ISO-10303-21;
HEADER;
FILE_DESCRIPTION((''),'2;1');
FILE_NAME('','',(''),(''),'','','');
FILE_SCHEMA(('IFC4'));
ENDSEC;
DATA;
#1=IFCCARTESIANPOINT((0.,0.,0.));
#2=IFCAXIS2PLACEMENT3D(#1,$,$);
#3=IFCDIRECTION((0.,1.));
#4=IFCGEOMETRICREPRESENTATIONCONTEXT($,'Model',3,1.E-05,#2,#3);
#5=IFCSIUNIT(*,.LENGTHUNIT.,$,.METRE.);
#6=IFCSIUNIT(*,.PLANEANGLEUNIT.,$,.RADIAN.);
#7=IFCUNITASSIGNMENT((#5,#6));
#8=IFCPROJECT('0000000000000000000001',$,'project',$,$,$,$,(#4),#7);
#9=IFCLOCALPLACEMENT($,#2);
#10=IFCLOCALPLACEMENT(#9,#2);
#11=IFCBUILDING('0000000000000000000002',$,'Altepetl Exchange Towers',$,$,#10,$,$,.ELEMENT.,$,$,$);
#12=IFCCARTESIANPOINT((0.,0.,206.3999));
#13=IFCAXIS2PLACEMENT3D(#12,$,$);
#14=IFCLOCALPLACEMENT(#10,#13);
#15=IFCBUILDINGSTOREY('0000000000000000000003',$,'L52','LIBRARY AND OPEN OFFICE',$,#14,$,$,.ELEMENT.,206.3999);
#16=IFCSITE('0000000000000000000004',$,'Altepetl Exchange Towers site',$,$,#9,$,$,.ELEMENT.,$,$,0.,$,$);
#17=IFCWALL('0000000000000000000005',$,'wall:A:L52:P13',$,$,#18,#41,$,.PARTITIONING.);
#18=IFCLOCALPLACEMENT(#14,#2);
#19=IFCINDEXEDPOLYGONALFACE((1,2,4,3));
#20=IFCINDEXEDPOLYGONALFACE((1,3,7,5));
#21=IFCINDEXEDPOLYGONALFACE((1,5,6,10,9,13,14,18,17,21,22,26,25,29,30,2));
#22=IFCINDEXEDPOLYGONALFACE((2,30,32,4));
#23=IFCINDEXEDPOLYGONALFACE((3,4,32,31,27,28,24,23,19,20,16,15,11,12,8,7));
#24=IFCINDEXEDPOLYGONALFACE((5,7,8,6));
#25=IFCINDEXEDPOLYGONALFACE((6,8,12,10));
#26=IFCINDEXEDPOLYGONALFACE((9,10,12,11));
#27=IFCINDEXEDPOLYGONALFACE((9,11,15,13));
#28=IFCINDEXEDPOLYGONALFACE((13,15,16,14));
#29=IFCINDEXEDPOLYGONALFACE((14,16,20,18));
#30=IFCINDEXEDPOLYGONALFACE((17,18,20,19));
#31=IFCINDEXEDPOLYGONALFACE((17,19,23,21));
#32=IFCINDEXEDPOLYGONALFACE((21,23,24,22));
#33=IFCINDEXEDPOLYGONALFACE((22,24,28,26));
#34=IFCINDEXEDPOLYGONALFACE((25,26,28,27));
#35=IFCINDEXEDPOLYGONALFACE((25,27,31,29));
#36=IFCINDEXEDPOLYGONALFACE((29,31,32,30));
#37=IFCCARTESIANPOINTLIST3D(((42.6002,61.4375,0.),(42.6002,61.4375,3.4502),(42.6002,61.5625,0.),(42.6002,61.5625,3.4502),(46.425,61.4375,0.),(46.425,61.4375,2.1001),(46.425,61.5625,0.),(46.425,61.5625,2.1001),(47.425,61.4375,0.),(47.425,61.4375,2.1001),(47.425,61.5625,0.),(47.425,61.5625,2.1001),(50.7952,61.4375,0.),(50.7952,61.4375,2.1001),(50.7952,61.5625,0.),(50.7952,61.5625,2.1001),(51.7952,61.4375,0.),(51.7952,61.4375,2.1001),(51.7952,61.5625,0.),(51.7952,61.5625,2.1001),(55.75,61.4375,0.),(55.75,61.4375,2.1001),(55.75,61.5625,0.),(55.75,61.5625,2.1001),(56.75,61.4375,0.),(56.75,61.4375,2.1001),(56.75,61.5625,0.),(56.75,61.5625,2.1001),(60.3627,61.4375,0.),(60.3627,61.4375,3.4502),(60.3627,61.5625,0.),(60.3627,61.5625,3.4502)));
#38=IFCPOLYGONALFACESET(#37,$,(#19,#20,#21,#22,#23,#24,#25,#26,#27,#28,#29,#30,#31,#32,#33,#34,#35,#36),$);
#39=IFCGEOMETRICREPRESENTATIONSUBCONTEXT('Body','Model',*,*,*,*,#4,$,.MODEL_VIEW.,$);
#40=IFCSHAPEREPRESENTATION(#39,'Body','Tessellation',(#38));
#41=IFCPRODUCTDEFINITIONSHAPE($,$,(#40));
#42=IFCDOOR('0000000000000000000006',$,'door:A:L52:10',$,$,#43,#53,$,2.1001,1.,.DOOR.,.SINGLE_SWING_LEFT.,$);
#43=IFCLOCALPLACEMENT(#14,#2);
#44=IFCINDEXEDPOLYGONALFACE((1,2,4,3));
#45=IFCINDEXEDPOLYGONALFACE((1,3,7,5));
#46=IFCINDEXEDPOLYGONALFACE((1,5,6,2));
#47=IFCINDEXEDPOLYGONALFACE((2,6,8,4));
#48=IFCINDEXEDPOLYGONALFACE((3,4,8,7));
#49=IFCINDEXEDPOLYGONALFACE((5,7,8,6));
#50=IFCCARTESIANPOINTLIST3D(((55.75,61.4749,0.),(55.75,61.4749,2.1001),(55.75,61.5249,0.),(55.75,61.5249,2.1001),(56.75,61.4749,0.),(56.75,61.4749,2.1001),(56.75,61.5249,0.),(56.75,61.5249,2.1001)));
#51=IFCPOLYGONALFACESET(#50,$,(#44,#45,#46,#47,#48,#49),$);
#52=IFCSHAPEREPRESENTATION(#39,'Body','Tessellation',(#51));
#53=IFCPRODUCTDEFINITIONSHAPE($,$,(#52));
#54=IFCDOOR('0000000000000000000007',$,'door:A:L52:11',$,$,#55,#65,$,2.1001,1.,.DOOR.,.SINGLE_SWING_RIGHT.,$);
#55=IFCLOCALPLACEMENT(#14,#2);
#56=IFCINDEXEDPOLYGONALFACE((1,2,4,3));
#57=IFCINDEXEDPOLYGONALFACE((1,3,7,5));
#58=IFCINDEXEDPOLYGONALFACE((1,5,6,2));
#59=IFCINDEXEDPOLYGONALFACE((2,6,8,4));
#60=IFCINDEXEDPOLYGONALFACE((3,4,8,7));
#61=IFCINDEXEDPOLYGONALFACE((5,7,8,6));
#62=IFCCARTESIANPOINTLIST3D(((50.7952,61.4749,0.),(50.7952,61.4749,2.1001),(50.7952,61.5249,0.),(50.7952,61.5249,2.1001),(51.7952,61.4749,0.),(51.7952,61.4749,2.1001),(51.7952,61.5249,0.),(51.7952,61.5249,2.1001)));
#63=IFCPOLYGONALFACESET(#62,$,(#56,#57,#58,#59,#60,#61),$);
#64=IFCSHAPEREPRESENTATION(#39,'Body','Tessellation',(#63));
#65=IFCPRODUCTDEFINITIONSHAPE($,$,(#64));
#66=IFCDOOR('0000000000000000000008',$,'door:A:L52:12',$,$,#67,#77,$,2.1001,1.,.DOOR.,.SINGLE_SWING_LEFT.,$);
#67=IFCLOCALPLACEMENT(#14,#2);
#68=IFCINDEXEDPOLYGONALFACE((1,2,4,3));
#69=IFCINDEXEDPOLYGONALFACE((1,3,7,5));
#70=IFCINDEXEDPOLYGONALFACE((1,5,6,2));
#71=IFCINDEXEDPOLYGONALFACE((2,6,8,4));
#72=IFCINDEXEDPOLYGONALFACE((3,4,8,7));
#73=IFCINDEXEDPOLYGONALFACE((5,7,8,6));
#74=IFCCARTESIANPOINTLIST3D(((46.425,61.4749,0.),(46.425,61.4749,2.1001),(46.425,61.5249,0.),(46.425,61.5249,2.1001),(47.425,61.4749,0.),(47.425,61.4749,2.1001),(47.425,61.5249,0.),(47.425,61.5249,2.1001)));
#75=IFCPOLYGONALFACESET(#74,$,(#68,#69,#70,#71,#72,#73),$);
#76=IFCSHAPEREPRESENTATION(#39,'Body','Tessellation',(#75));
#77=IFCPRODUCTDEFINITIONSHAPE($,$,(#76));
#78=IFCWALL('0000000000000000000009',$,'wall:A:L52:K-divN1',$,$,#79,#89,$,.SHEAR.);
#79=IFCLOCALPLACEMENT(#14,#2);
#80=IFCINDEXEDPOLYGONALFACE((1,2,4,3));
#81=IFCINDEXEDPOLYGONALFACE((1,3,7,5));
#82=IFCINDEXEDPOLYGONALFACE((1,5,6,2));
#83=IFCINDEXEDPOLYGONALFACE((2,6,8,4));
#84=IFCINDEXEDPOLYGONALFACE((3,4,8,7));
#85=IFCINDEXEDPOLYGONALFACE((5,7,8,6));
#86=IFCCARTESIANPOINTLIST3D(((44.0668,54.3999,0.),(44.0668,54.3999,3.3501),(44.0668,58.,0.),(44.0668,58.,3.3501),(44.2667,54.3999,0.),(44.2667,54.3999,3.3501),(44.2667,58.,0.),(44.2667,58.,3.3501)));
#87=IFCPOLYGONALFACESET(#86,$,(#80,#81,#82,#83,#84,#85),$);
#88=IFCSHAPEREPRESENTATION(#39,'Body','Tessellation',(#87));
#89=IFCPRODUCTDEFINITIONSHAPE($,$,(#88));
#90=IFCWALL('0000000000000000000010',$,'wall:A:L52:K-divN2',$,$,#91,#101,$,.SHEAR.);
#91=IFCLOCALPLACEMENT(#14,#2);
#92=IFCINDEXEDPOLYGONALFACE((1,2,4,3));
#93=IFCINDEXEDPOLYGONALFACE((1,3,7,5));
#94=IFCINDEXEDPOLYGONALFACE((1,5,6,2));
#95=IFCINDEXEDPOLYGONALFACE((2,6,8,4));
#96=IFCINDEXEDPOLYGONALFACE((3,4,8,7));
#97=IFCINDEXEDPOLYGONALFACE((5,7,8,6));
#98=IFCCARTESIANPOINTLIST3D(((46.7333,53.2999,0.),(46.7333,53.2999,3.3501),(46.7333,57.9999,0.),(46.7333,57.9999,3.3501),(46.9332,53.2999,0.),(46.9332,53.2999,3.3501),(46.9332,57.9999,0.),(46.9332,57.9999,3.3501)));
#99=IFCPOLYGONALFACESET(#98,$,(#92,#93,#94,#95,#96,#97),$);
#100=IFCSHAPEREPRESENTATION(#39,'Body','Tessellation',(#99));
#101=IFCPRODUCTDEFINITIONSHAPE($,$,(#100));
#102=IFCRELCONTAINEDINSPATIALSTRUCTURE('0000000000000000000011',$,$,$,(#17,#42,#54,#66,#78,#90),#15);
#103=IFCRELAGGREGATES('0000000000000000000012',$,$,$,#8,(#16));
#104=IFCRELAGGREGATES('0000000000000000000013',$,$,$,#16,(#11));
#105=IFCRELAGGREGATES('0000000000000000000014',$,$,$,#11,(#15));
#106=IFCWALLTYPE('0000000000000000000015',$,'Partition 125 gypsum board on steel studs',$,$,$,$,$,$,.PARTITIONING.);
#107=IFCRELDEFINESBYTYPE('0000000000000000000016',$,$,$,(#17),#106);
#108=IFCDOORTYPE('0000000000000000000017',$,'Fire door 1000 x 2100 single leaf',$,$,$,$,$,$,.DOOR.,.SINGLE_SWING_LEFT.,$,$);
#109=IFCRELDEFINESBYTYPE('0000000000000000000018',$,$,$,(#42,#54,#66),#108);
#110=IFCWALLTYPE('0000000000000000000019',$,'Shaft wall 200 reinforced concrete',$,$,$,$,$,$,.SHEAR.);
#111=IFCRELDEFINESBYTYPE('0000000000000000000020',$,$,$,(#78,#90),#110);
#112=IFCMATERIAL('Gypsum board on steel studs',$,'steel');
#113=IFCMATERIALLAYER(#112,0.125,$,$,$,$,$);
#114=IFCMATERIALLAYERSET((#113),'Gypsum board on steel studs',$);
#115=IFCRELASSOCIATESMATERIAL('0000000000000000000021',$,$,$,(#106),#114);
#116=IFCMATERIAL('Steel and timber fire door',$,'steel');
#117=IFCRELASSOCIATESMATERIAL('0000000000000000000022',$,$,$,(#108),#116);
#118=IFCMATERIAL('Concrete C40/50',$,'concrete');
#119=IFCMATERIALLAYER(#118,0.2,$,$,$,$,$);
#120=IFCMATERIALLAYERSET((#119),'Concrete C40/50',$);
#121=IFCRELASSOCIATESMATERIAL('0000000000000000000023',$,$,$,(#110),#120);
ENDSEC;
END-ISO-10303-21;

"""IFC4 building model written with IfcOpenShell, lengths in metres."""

from ifc_helpers import new_model, si_unit, direction, frame, frame_2d, origin, place, context, subcontext, project, spatial, rectangle, extrude, material, layer, layer_set, type_object, element, fill, save


model = new_model("IFC4")

# Units and contexts
model_context = context("Model", 3, precision=1e-05, world=origin(), true_north=direction((0.0, 1.0)))
body_context = subcontext(model_context, "Body", "Model", "MODEL_VIEW")
ifc_project = project(units=[si_unit("LENGTHUNIT", "METRE"), si_unit("PLANEANGLEUNIT", "RADIAN")], contexts=[model_context])

# Site, building, storey
site_placement = place(None, origin())
site = spatial("IfcSite", under=ifc_project, at=site_placement, Name="Altepetl Exchange Towers site", CompositionType="ELEMENT", RefElevation=0.0)
building_placement = place(site_placement, origin())
building = spatial("IfcBuilding", under=site, at=building_placement, Name="Altepetl Exchange Towers", CompositionType="ELEMENT")
storey_placement = place(building_placement, frame((0.0, 0.0, 206.3999)))
storey = spatial("IfcBuildingStorey", under=building, at=storey_placement, Name="L52", Description="LIBRARY AND OPEN OFFICE", CompositionType="ELEMENT", Elevation=206.3999)

# Shared definitions
ifc_material_1 = material(Name="Steel and timber fire door", Category="steel")

# Wall, openings, doors
ifc_material_2 = material(Name="Gypsum board on steel studs", Category="steel")
ifc_layer_1 = layer(ifc_material_2, 0.125)
ifc_layer_set_1 = layer_set([ifc_layer_1], Name="Gypsum board on steel studs")
wall_type_1 = type_object("IfcWallType", Name="Partition 125 gypsum board on steel studs", PredefinedType="PARTITIONING", material=ifc_layer_set_1)
wall_1_placement = place(storey_placement, frame((42.6001, 61.5, 0.0)))
wall_1 = element("IfcWall", 1, at=wall_1_placement, inside=storey, type_object=wall_type_1, Name="wall:A:L52:P13", PredefinedType="PARTITIONING", context=body_context, shape_type="SweptSolid", body=[
    extrude(rectangle(XDim=17.7625, YDim=0.125, at=frame_2d((8.8813, 0.0))), origin(), (0.0, 0.0, 1.0), 3.4502),
])
opening_1_placement = place(wall_1_placement, frame((13.1499, 0.0, 0.0)))
opening_1 = element("IfcOpeningElement", 2, at=opening_1_placement, cuts=wall_1, PredefinedType="OPENING", context=body_context, shape_type="SweptSolid", body=[
    extrude(rectangle(XDim=1.0, YDim=2.1001, at=frame_2d((0.5, 1.05))), frame((0.0, 0.0725, 0.0), z_axis=(0.0, -1.0, 0.0), x_axis=(1.0, 0.0, 0.0)), (0.0, 0.0, 1.0), 0.145),
])
opening_2_placement = place(wall_1_placement, frame((8.1951, 0.0, 0.0)))
opening_2 = element("IfcOpeningElement", 3, at=opening_2_placement, cuts=wall_1, PredefinedType="OPENING", context=body_context, shape_type="SweptSolid", body=[
    extrude(rectangle(XDim=1.0, YDim=2.1001, at=frame_2d((0.5, 1.05))), frame((0.0, 0.0725, 0.0), z_axis=(0.0, -1.0, 0.0), x_axis=(1.0, 0.0, 0.0)), (0.0, 0.0, 1.0), 0.145),
])
opening_3_placement = place(wall_1_placement, frame((3.825, 0.0, 0.0)))
opening_3 = element("IfcOpeningElement", 4, at=opening_3_placement, cuts=wall_1, PredefinedType="OPENING", context=body_context, shape_type="SweptSolid", body=[
    extrude(rectangle(XDim=1.0, YDim=2.1001, at=frame_2d((0.5, 1.05))), frame((0.0, 0.0725, 0.0), z_axis=(0.0, -1.0, 0.0), x_axis=(1.0, 0.0, 0.0)), (0.0, 0.0, 1.0), 0.145),
])
door_type_1 = type_object("IfcDoorType", Name="Fire door 1000 x 2100 single leaf", OperationType="SINGLE_SWING_LEFT", PredefinedType="DOOR", material=ifc_material_1)
door_1_placement = place(opening_1_placement, origin())
door_1 = element("IfcDoor", 5, at=door_1_placement, inside=storey, type_object=door_type_1, Name="door:A:L52:10", OperationType="SINGLE_SWING_LEFT", OverallHeight=2.1001, OverallWidth=1.0, PredefinedType="DOOR", context=body_context, shape_type="SweptSolid", body=[
    extrude(rectangle(XDim=1.0, YDim=2.1001, at=frame_2d((0.5, 1.05))), frame((0.0, 0.0249, 0.0), z_axis=(0.0, -1.0, 0.0), x_axis=(1.0, 0.0, 0.0)), (0.0, 0.0, 1.0), 0.05),
])
fill(opening_1, door_1)
door_2_placement = place(opening_2_placement, origin())
door_2 = element("IfcDoor", 6, at=door_2_placement, inside=storey, type_object=door_type_1, Name="door:A:L52:11", OperationType="SINGLE_SWING_RIGHT", OverallHeight=2.1001, OverallWidth=1.0, PredefinedType="DOOR", context=body_context, shape_type="SweptSolid", body=[
    extrude(rectangle(XDim=1.0, YDim=2.1001, at=frame_2d((0.5, 1.05))), frame((0.0, 0.0249, 0.0), z_axis=(0.0, -1.0, 0.0), x_axis=(1.0, 0.0, 0.0)), (0.0, 0.0, 1.0), 0.05),
])
fill(opening_2, door_2)
door_3_placement = place(opening_3_placement, origin())
door_3 = element("IfcDoor", 7, at=door_3_placement, inside=storey, type_object=door_type_1, Name="door:A:L52:12", OperationType="SINGLE_SWING_LEFT", OverallHeight=2.1001, OverallWidth=1.0, PredefinedType="DOOR", context=body_context, shape_type="SweptSolid", body=[
    extrude(rectangle(XDim=1.0, YDim=2.1001, at=frame_2d((0.5, 1.05))), frame((0.0, 0.0249, 0.0), z_axis=(0.0, -1.0, 0.0), x_axis=(1.0, 0.0, 0.0)), (0.0, 0.0, 1.0), 0.05),
])
fill(opening_3, door_3)

# Walls
ifc_material_3 = material(Name="Concrete C40/50", Category="concrete")
ifc_layer_2 = layer(ifc_material_3, 0.2)
ifc_layer_set_2 = layer_set([ifc_layer_2], Name="Concrete C40/50")
wall_type_2 = type_object("IfcWallType", Name="Shaft wall 200 reinforced concrete", PredefinedType="SHEAR", material=ifc_layer_set_2)
wall_2_placement = place(storey_placement, frame((44.1667, 58.0, 0.0), z_axis=(0.0, 0.0, 1.0), x_axis=(0.0, -1.0, 0.0)))
element("IfcWall", 8, at=wall_2_placement, inside=storey, type_object=wall_type_2, Name="wall:A:L52:K-divN1", PredefinedType="SHEAR", context=body_context, shape_type="SweptSolid", body=[
    extrude(rectangle(XDim=3.6001, YDim=0.2, at=frame_2d((1.8, 0.0))), origin(), (0.0, 0.0, 1.0), 3.3501),
])
wall_3_placement = place(storey_placement, frame((46.8333, 58.0, 0.0), z_axis=(0.0, 0.0, 1.0), x_axis=(0.0, -1.0, 0.0)))
element("IfcWall", 9, at=wall_3_placement, inside=storey, type_object=wall_type_2, Name="wall:A:L52:K-divN2", PredefinedType="SHEAR", context=body_context, shape_type="SweptSolid", body=[
    extrude(rectangle(XDim=4.7, YDim=0.2, at=frame_2d((2.3501, 0.0))), origin(), (0.0, 0.0, 1.0), 3.3501),
])

save(model, "model.ifc")
